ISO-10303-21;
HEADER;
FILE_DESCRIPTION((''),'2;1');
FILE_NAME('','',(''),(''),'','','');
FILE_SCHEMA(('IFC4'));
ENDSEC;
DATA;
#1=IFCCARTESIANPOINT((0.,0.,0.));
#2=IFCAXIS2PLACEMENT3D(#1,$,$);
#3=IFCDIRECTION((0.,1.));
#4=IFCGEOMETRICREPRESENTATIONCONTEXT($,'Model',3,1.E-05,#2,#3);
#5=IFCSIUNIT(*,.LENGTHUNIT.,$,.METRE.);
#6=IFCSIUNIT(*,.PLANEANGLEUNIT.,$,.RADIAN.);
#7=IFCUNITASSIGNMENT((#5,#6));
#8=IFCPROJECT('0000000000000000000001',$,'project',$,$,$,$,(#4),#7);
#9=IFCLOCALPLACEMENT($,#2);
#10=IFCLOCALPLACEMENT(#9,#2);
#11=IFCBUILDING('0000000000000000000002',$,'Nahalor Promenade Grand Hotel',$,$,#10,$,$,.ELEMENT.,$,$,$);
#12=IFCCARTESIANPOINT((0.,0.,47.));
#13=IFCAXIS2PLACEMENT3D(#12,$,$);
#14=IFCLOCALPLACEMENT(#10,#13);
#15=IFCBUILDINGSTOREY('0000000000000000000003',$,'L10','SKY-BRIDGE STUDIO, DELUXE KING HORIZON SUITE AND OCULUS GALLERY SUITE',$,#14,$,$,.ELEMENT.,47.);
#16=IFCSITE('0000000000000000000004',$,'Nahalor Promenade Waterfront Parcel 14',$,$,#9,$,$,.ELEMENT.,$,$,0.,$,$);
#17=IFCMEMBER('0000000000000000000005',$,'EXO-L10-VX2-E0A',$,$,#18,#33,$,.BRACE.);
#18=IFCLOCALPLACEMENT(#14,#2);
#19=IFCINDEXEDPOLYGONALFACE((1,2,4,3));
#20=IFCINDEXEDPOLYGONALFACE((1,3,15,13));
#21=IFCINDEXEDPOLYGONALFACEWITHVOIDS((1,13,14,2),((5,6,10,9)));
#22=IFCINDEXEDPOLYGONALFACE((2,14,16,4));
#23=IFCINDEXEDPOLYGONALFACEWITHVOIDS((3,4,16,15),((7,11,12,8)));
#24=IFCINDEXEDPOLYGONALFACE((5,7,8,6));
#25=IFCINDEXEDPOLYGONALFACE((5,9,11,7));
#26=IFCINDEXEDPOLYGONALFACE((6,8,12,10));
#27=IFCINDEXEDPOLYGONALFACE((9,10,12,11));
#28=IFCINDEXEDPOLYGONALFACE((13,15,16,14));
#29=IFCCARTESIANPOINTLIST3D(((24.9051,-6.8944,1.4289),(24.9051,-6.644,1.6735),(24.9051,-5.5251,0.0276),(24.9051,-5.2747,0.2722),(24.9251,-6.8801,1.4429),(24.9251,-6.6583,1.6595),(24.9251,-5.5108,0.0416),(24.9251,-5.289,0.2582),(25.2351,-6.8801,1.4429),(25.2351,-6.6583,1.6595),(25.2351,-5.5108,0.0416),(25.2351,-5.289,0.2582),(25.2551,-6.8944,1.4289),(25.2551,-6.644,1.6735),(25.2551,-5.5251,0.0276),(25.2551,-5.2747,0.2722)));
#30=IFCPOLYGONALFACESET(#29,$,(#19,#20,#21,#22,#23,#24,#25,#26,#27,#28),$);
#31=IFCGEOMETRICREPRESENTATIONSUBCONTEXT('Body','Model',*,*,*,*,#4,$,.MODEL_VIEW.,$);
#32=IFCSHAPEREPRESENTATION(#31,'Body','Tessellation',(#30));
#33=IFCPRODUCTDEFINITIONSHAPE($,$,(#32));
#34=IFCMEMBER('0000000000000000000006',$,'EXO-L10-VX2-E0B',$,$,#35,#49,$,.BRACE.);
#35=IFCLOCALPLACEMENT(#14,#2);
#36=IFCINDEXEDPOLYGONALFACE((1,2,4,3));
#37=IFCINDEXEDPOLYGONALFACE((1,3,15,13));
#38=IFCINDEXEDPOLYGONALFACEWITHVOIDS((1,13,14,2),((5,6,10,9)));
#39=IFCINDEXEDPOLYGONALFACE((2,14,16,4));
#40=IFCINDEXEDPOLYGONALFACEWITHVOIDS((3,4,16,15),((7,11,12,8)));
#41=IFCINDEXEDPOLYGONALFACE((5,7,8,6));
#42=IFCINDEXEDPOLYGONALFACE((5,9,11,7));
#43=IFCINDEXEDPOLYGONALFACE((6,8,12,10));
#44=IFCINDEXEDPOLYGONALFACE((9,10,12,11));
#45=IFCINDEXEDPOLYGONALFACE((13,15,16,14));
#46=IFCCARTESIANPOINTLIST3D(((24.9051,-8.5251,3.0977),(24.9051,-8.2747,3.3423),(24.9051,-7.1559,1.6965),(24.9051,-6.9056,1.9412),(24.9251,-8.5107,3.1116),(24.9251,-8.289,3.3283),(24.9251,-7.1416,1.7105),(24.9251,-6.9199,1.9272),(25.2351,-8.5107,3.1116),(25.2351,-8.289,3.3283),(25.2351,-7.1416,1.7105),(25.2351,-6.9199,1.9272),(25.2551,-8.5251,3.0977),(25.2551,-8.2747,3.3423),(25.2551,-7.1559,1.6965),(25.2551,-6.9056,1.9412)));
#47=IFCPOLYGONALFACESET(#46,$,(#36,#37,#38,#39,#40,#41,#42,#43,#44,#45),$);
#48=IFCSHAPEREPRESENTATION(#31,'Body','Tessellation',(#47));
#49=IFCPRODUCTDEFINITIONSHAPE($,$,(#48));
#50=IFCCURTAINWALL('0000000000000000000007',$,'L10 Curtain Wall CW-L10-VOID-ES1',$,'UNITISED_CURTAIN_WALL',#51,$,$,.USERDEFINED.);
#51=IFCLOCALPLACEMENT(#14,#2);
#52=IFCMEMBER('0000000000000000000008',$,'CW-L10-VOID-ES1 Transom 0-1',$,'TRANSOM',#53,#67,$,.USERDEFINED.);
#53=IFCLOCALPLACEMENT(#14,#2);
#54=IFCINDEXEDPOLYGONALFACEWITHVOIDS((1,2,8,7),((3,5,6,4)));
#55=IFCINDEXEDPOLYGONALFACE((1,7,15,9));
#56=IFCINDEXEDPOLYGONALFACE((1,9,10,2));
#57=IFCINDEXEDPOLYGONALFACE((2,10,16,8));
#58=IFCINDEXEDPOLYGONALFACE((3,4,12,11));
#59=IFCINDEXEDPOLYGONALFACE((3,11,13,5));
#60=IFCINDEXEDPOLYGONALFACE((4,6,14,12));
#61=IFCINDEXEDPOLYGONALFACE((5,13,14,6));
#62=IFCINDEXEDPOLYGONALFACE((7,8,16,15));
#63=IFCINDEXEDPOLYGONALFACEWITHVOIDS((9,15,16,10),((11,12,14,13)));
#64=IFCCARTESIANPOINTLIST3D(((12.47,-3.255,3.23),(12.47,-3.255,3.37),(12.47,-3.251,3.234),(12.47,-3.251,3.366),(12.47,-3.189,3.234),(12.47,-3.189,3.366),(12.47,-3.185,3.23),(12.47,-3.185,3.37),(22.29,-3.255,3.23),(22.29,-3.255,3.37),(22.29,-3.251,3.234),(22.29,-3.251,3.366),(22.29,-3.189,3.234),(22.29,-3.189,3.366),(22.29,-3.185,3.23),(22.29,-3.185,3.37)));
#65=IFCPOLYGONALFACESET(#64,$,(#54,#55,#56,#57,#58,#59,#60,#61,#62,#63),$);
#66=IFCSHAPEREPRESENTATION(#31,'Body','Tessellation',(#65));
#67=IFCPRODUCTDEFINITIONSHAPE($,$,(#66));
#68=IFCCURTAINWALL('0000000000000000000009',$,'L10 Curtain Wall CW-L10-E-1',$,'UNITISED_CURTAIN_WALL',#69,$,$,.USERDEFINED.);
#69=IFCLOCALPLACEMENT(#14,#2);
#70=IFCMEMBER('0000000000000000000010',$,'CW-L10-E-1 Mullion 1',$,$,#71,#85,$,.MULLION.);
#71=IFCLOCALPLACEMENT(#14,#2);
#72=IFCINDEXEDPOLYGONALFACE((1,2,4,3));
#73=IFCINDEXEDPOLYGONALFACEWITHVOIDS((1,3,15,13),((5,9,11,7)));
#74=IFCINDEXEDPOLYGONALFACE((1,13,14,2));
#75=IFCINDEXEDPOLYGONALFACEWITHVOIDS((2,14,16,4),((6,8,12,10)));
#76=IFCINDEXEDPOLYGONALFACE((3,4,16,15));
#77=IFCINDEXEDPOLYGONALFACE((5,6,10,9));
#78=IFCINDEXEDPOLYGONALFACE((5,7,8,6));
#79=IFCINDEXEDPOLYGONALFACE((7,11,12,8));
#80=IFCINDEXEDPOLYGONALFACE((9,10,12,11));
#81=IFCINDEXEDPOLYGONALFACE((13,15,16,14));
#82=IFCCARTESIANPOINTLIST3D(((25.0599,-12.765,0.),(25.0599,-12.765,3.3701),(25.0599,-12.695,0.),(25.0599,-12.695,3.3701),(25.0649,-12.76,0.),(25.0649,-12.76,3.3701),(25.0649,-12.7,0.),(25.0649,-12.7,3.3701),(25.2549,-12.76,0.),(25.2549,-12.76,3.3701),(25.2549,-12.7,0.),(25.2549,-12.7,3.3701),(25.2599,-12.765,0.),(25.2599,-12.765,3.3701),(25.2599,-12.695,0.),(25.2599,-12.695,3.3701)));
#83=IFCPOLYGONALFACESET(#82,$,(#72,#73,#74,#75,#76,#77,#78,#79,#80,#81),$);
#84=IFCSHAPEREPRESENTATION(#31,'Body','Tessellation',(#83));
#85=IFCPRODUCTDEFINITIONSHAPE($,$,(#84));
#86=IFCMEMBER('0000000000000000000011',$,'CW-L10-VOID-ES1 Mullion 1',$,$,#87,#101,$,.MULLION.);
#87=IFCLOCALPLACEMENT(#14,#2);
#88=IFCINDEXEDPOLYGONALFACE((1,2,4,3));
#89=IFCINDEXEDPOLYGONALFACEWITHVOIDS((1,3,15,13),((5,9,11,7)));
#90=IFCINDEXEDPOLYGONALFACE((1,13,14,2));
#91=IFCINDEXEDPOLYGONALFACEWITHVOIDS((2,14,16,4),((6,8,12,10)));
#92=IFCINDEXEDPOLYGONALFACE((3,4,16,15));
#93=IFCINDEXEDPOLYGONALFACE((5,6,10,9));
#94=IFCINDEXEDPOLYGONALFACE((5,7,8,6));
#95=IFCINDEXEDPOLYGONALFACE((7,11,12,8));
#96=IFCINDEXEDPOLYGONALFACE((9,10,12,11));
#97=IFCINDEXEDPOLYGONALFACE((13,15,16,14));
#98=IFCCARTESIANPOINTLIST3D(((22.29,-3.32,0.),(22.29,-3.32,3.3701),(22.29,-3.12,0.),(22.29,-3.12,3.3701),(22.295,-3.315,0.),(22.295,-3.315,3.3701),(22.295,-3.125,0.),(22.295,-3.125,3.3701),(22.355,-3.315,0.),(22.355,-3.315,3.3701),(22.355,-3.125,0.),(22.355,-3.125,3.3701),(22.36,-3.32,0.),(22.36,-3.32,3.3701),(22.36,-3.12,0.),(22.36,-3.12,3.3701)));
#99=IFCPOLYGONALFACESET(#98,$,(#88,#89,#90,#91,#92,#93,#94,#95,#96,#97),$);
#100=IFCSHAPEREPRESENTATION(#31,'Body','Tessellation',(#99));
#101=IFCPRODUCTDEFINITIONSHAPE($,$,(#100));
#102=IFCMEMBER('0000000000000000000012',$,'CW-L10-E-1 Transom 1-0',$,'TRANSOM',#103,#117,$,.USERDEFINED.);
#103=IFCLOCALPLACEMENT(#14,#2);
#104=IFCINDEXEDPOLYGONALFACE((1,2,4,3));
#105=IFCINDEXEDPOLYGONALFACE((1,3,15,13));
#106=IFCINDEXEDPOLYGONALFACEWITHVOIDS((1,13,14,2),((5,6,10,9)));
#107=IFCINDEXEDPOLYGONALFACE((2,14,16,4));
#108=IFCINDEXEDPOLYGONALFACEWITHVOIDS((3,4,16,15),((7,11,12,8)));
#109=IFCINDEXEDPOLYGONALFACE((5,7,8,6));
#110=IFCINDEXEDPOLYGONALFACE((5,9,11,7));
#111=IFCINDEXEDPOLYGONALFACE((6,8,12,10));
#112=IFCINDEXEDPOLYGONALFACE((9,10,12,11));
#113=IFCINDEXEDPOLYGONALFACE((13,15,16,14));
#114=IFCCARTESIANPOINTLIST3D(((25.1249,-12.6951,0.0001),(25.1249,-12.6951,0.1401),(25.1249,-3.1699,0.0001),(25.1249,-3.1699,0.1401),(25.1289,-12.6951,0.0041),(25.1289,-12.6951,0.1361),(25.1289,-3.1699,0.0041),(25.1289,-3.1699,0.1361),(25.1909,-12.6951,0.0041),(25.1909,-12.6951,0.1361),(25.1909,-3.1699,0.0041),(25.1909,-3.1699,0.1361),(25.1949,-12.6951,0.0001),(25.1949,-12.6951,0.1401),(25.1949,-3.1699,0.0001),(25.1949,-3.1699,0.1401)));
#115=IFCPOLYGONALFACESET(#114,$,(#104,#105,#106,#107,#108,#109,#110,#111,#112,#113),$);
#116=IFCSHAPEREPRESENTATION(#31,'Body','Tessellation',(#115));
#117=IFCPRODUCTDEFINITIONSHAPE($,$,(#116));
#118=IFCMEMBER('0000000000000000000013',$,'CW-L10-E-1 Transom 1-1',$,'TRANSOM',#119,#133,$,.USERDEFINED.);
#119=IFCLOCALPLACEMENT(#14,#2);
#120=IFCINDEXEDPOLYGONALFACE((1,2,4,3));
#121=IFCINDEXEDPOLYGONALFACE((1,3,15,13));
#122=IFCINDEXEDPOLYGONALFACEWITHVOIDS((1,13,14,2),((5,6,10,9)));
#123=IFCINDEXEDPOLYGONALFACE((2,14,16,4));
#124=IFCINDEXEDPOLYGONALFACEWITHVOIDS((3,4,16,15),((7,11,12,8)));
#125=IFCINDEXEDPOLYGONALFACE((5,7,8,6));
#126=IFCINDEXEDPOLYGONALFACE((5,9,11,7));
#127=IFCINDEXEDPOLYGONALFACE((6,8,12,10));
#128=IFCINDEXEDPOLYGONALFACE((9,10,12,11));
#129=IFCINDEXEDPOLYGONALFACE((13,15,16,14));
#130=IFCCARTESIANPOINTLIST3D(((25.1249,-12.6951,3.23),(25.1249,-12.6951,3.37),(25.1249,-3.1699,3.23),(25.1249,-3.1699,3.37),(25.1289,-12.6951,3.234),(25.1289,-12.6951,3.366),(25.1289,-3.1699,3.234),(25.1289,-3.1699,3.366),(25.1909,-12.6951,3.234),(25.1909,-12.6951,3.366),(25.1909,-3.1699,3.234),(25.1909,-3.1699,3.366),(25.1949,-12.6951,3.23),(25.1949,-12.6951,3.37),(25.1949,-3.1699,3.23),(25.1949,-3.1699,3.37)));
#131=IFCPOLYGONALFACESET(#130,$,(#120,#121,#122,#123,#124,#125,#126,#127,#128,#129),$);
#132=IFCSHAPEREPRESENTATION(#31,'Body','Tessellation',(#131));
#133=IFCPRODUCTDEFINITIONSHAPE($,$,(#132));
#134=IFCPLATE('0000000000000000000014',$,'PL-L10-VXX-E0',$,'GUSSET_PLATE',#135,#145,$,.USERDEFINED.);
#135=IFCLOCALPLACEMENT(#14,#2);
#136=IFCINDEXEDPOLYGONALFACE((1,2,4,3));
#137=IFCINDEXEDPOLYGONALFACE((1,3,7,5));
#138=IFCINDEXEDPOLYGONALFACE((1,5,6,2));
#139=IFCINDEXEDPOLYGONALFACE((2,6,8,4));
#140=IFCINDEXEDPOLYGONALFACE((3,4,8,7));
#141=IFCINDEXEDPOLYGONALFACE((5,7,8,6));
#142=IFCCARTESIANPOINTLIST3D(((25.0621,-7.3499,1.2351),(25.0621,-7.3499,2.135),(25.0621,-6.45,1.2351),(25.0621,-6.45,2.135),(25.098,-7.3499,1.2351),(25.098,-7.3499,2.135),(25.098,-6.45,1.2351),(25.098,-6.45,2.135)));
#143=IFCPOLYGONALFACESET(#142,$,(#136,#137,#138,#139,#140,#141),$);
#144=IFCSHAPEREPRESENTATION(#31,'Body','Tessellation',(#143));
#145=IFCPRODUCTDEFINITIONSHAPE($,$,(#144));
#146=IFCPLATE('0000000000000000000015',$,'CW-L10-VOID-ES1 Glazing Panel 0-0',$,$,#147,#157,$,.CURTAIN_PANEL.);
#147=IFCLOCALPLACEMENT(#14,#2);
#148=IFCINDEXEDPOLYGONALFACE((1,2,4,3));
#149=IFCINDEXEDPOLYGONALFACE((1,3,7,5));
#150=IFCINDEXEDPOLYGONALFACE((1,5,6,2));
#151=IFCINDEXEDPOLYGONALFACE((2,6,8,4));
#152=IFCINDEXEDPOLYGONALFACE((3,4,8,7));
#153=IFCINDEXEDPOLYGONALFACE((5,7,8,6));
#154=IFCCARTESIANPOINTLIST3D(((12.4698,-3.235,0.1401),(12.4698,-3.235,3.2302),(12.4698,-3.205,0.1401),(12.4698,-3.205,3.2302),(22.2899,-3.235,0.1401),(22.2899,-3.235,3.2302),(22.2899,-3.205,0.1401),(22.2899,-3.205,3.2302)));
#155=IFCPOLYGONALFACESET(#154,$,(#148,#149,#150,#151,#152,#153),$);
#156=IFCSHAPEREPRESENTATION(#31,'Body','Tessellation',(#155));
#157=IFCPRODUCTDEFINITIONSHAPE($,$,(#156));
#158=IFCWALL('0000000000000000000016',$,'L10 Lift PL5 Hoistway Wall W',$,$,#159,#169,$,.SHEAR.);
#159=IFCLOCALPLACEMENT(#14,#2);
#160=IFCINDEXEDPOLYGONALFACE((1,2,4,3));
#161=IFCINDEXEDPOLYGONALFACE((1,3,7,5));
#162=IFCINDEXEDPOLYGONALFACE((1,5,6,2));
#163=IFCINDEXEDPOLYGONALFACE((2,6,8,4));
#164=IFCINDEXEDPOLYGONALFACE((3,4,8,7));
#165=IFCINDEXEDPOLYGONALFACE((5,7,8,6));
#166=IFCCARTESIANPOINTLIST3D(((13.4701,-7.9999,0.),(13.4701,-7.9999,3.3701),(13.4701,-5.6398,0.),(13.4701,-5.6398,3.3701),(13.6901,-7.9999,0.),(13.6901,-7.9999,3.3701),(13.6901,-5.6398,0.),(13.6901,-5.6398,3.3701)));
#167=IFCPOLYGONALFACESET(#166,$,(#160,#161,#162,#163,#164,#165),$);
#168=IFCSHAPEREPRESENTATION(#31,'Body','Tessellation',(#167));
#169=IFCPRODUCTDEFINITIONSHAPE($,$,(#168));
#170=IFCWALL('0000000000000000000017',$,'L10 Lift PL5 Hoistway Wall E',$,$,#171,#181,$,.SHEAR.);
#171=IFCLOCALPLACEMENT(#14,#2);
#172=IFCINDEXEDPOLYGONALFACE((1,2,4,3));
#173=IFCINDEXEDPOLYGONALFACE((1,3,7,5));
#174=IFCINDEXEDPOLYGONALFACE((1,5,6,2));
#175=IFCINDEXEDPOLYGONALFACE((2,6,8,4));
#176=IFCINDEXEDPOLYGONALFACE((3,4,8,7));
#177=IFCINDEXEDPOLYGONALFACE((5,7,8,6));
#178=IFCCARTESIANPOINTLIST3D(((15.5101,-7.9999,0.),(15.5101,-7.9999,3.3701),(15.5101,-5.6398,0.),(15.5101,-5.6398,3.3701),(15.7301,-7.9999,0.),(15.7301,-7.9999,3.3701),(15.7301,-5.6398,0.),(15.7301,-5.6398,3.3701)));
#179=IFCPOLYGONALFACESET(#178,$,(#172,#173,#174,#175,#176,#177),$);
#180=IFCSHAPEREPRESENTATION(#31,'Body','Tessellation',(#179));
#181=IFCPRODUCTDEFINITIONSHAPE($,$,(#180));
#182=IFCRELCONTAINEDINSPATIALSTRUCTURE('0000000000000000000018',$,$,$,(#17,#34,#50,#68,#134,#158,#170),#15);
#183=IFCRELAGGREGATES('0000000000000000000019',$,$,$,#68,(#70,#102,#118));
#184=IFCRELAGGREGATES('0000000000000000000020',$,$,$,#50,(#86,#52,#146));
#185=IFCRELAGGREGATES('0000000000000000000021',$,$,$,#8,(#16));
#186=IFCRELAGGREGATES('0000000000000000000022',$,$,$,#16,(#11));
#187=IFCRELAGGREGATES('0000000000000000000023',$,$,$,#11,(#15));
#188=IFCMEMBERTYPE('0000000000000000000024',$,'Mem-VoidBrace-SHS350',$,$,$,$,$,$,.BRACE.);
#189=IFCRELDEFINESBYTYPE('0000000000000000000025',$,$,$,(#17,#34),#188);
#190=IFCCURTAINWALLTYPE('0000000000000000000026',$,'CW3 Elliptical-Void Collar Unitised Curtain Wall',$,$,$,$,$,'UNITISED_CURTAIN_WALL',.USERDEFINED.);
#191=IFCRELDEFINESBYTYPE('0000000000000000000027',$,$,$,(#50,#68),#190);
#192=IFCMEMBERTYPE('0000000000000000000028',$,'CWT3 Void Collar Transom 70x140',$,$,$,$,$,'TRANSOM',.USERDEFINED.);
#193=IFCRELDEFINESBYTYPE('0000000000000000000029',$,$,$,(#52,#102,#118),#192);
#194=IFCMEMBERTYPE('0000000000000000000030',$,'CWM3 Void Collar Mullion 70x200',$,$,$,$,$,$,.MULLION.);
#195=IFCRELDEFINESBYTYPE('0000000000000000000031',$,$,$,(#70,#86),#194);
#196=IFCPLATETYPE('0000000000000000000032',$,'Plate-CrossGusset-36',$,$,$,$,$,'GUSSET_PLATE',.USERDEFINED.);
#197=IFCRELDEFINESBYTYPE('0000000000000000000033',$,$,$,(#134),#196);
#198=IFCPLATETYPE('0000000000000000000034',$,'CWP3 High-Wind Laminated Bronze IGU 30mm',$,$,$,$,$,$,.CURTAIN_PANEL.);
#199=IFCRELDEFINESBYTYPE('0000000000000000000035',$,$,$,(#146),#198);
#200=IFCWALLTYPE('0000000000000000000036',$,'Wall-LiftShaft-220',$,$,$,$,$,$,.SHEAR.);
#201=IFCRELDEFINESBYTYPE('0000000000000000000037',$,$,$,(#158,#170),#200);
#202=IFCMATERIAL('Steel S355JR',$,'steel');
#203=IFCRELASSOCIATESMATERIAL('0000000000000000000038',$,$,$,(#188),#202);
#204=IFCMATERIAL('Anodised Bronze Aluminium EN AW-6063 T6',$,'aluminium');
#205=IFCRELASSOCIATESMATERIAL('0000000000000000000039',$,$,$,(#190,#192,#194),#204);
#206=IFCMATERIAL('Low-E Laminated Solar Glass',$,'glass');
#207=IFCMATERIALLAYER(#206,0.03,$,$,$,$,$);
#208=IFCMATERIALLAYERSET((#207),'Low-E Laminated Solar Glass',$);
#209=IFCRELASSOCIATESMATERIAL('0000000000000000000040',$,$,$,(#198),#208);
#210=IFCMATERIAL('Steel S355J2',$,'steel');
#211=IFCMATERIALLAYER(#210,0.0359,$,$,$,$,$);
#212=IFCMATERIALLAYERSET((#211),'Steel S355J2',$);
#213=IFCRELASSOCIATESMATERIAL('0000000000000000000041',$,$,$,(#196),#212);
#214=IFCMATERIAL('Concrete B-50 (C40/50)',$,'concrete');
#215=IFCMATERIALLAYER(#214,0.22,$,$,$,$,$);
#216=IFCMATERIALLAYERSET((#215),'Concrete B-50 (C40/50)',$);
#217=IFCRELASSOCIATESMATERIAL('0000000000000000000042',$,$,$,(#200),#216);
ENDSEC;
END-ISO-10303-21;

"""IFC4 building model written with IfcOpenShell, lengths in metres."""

from ifc_helpers import new_model, si_unit, direction, frame, frame_2d, origin, origin_2d, place, context, subcontext, project, spatial, rectangle, hollow_rectangle, extrude, source, transform, mapped, material, layer, layer_set, material_profile, profile_set, type_object, element, aggregate, save


model = new_model("IFC4")

# Units and contexts
model_context = context("Model", 3, precision=1e-05, world=origin(), true_north=direction((0.0, 1.0)))
body_context = subcontext(model_context, "Body", "Model", "MODEL_VIEW")
ifc_project = project(units=[si_unit("LENGTHUNIT", "METRE"), si_unit("PLANEANGLEUNIT", "RADIAN")], contexts=[model_context])

# Site, building, storey
site_placement = place(None, origin())
site = spatial("IfcSite", under=ifc_project, at=site_placement, Name="Nahalor Promenade Waterfront Parcel 14", CompositionType="ELEMENT", RefElevation=0.0)
building_placement = place(site_placement, origin())
building = spatial("IfcBuilding", under=site, at=building_placement, Name="Nahalor Promenade Grand Hotel", CompositionType="ELEMENT")
storey_placement = place(building_placement, frame((0.0, 0.0, 47.0)))
storey = spatial("IfcBuildingStorey", under=building, at=storey_placement, Name="L10", Description="SKY-BRIDGE STUDIO, DELUXE KING HORIZON SUITE AND OCULUS GALLERY SUITE", CompositionType="ELEMENT", Elevation=47.0)

# Shared definitions
ifc_material_1 = material(Name="Steel S355J2", Category="steel")

# Shared definitions
ifc_material_2 = material(Name="Steel S355JR", Category="steel")

# Members
ifc_material_profile_1 = material_profile(ifc_material_2, hollow_rectangle(XDim=0.35, YDim=0.35, WallThickness=0.02, at=origin_2d()), Name="SHS 350x350x20")
ifc_profile_set_1 = profile_set([ifc_material_profile_1], Name="Steel S355JR")
member_type_1 = type_object("IfcMemberType", Name="Mem-VoidBrace-SHS350", PredefinedType="BRACE", material=ifc_profile_set_1)
shared_shape_1 = source(origin(), body_context, "Body", "SweptSolid", [
    extrude(hollow_rectangle(XDim=0.35, YDim=0.35, WallThickness=0.02, at=origin_2d()), origin(), (0.0, 0.0, 1.0), 1.9592),
])
member_1_placement = place(storey_placement, frame((25.0801, -5.3999, 0.1499), z_axis=(0.0, -0.698898, 0.715221), x_axis=(1.0, 0.0, 0.0)))
element("IfcMember", 1, at=member_1_placement, inside=storey, type_object=member_type_1, Name="EXO-L10-VX2-E0A", PredefinedType="BRACE", context=body_context, shape_type="MappedRepresentation", body=[
    mapped(shared_shape_1, transform((0.0, 0.0, 0.0), scale=1.0)),
])
shared_shape_2 = source(origin(), body_context, "Body", "SweptSolid", [
    extrude(hollow_rectangle(XDim=0.35, YDim=0.35, WallThickness=0.02, at=origin_2d()), origin(), (0.0, 0.0, 1.0), 1.959),
])
member_2_placement = place(storey_placement, frame((25.0801, -7.0308, 1.8188), z_axis=(0.0, -0.698897, 0.715223), x_axis=(1.0, 0.0, 0.0)))
element("IfcMember", 2, at=member_2_placement, inside=storey, type_object=member_type_1, Name="EXO-L10-VX2-E0B", PredefinedType="BRACE", context=body_context, shape_type="MappedRepresentation", body=[
    mapped(shared_shape_2, transform((0.0, 0.0, 0.0), scale=1.0)),
])

# Curtain walls, members
ifc_material_3 = material(Name="Anodised Bronze Aluminium EN AW-6063 T6", Category="aluminium")
curtain_wall_type = type_object("IfcCurtainWallType", Name="CW3 Elliptical-Void Collar Unitised Curtain Wall", ElementType="UNITISED_CURTAIN_WALL", PredefinedType="USERDEFINED", material=ifc_material_3)
curtain_wall_1_placement = place(storey_placement, origin())
curtain_wall_1 = element("IfcCurtainWall", 3, at=curtain_wall_1_placement, inside=storey, type_object=curtain_wall_type, Name="L10 Curtain Wall CW-L10-VOID-ES1", ObjectType="UNITISED_CURTAIN_WALL", PredefinedType="USERDEFINED")
ifc_material_profile_2 = material_profile(ifc_material_3, hollow_rectangle(XDim=0.07, YDim=0.14, WallThickness=0.004, at=origin_2d()), Name="CWT 70x140x4")
ifc_profile_set_2 = profile_set([ifc_material_profile_2], Name="Anodised Bronze Aluminium EN AW-6063 T6")
member_type_2 = type_object("IfcMemberType", Name="CWT3 Void Collar Transom 70x140", ElementType="TRANSOM", PredefinedType="USERDEFINED", material=ifc_profile_set_2)
shared_shape_3 = source(origin(), body_context, "Body", "SweptSolid", [
    extrude(hollow_rectangle(XDim=0.07, YDim=0.14, WallThickness=0.004, at=origin_2d()), origin(), (0.0, 0.0, 1.0), 9.8201),
])
member_3_placement = place(storey_placement, frame((12.47, -3.22, 3.3), z_axis=(1.0, 0.0, 0.0), x_axis=(0.0, 1.0, 0.0)))
member_3 = element("IfcMember", 4, at=member_3_placement, type_object=member_type_2, Name="CW-L10-VOID-ES1 Transom 0-1", ObjectType="TRANSOM", PredefinedType="USERDEFINED", context=body_context, shape_type="MappedRepresentation", body=[
    mapped(shared_shape_3, transform((0.0, 0.0, 0.0), scale=1.0)),
])
curtain_wall_2_placement = place(storey_placement, origin())
curtain_wall_2 = element("IfcCurtainWall", 5, at=curtain_wall_2_placement, inside=storey, type_object=curtain_wall_type, Name="L10 Curtain Wall CW-L10-E-1", ObjectType="UNITISED_CURTAIN_WALL", PredefinedType="USERDEFINED")
ifc_material_profile_3 = material_profile(ifc_material_3, hollow_rectangle(XDim=0.07, YDim=0.2, WallThickness=0.005, at=origin_2d()), Name="CWM 70x200x5")
ifc_profile_set_3 = profile_set([ifc_material_profile_3], Name="Anodised Bronze Aluminium EN AW-6063 T6")
member_type_3 = type_object("IfcMemberType", Name="CWM3 Void Collar Mullion 70x200", PredefinedType="MULLION", material=ifc_profile_set_3)
shared_shape_4 = source(origin(), body_context, "Body", "SweptSolid", [
    extrude(hollow_rectangle(XDim=0.07, YDim=0.2, WallThickness=0.005, at=origin_2d()), origin(), (0.0, 0.0, 1.0), 3.3701),
])
member_4_placement = place(storey_placement, frame((25.1599, -12.73, 0.0), z_axis=(0.0, 0.0, 1.0), x_axis=(0.0, 1.0, 0.0)))
member_4 = element("IfcMember", 6, at=member_4_placement, type_object=member_type_3, Name="CW-L10-E-1 Mullion 1", PredefinedType="MULLION", context=body_context, shape_type="MappedRepresentation", body=[
    mapped(shared_shape_4, transform((0.0, 0.0, 0.0), scale=1.0)),
])

# Members
member_5_placement = place(storey_placement, frame((22.325, -3.22, 0.0), z_axis=(0.0, 0.0, 1.0), x_axis=(1.0, 0.0, 0.0)))
member_5 = element("IfcMember", 7, at=member_5_placement, type_object=member_type_3, Name="CW-L10-VOID-ES1 Mullion 1", PredefinedType="MULLION", context=body_context, shape_type="MappedRepresentation", body=[
    mapped(shared_shape_4, transform((0.0, 0.0, 0.0), scale=1.0)),
])
shared_shape_5 = source(origin(), body_context, "Body", "SweptSolid", [
    extrude(hollow_rectangle(XDim=0.07, YDim=0.14, WallThickness=0.004, at=origin_2d()), origin(), (0.0, 0.0, 1.0), 9.5251),
])
member_6_placement = place(storey_placement, frame((25.1599, -12.6951, 0.0701), z_axis=(0.0, 1.0, 0.0), x_axis=(-1.0, 0.0, 0.0)))
member_6 = element("IfcMember", 8, at=member_6_placement, type_object=member_type_2, Name="CW-L10-E-1 Transom 1-0", ObjectType="TRANSOM", PredefinedType="USERDEFINED", context=body_context, shape_type="MappedRepresentation", body=[
    mapped(shared_shape_5, transform((0.0, 0.0, 0.0), scale=1.0)),
])
member_7_placement = place(storey_placement, frame((25.1599, -12.6951, 3.3), z_axis=(0.0, 1.0, 0.0), x_axis=(-1.0, 0.0, 0.0)))
member_7 = element("IfcMember", 9, at=member_7_placement, type_object=member_type_2, Name="CW-L10-E-1 Transom 1-1", ObjectType="TRANSOM", PredefinedType="USERDEFINED", context=body_context, shape_type="MappedRepresentation", body=[
    mapped(shared_shape_5, transform((0.0, 0.0, 0.0), scale=1.0)),
])

# Plates
ifc_material_4 = material(Name="Low-E Laminated Solar Glass", Category="glass")
ifc_layer_1 = layer(ifc_material_4, 0.03)
ifc_layer_set_1 = layer_set([ifc_layer_1], Name="Low-E Laminated Solar Glass")
plate_type_1 = type_object("IfcPlateType", Name="CWP3 High-Wind Laminated Bronze IGU 30mm", PredefinedType="CURTAIN_PANEL", material=ifc_layer_set_1)
aggregate(curtain_wall_2, [member_4, member_6, member_7])
ifc_layer_2 = layer(ifc_material_1, 0.0359)
ifc_layer_set_2 = layer_set([ifc_layer_2], Name="Steel S355J2")
plate_type_2 = type_object("IfcPlateType", Name="Plate-CrossGusset-36", ElementType="GUSSET_PLATE", PredefinedType="USERDEFINED", material=ifc_layer_set_2)
shared_shape_6 = source(origin(), body_context, "Body", "SweptSolid", [
    extrude(rectangle(XDim=0.8999, YDim=0.0359, at=origin_2d()), origin(), (0.0, 0.0, 1.0), 0.8999),
])
plate_1_placement = place(storey_placement, frame((25.0801, -6.8999, 1.2351), z_axis=(0.0, 0.0, 1.0), x_axis=(0.0, 1.0, 0.0)))
element("IfcPlate", 10, at=plate_1_placement, inside=storey, type_object=plate_type_2, Name="PL-L10-VXX-E0", ObjectType="GUSSET_PLATE", PredefinedType="USERDEFINED", context=body_context, shape_type="MappedRepresentation", body=[
    mapped(shared_shape_6, transform((0.0, 0.0, 0.0), scale=1.0)),
])
shared_shape_7 = source(origin(), body_context, "Body", "SweptSolid", [
    extrude(rectangle(XDim=9.8201, YDim=0.03, at=origin_2d()), origin(), (0.0, 0.0, 1.0), 3.0901),
])
plate_2_placement = place(storey_placement, frame((17.3799, -3.22, 0.1401), z_axis=(0.0, 0.0, 1.0), x_axis=(1.0, 0.0, 0.0)))
plate_2 = element("IfcPlate", 11, at=plate_2_placement, type_object=plate_type_1, Name="CW-L10-VOID-ES1 Glazing Panel 0-0", PredefinedType="CURTAIN_PANEL", context=body_context, shape_type="MappedRepresentation", body=[
    mapped(shared_shape_7, transform((0.0, 0.0, 0.0), scale=1.0)),
])
aggregate(curtain_wall_1, [member_5, member_3, plate_2])

# Walls
ifc_material_5 = material(Name="Concrete B-50 (C40/50)", Category="concrete")
ifc_layer_3 = layer(ifc_material_5, 0.22)
ifc_layer_set_3 = layer_set([ifc_layer_3], Name="Concrete B-50 (C40/50)")
wall_type_1 = type_object("IfcWallType", Name="Wall-LiftShaft-220", PredefinedType="SHEAR", material=ifc_layer_set_3)
shared_shape_8 = source(origin(), body_context, "Body", "SweptSolid", [
    extrude(rectangle(XDim=2.3601, YDim=0.22, at=frame_2d((1.1802, 0.0))), origin(), (0.0, 0.0, 1.0), 3.3701),
])
for number, where, z_axis, x_axis, name in (
    (12, (13.5801, -8.0, 0.0), (0.0, 0.0, 1.0), (0.0, 1.0, 0.0), "L10 Lift PL5 Hoistway Wall W"),
    (13, (15.6201, -8.0, 0.0), (0.0, 0.0, 1.0), (0.0, 1.0, 0.0), "L10 Lift PL5 Hoistway Wall E"),
):
    element("IfcWall", number, at=place(storey_placement, frame(where, z_axis=z_axis, x_axis=x_axis)), inside=storey, type_object=wall_type_1, Name=name, PredefinedType="SHEAR", context=body_context, shape_type="MappedRepresentation", body=[
        mapped(shared_shape_8, transform((0.0, 0.0, 0.0), scale=1.0)),
    ])

save(model, "model.ifc")
